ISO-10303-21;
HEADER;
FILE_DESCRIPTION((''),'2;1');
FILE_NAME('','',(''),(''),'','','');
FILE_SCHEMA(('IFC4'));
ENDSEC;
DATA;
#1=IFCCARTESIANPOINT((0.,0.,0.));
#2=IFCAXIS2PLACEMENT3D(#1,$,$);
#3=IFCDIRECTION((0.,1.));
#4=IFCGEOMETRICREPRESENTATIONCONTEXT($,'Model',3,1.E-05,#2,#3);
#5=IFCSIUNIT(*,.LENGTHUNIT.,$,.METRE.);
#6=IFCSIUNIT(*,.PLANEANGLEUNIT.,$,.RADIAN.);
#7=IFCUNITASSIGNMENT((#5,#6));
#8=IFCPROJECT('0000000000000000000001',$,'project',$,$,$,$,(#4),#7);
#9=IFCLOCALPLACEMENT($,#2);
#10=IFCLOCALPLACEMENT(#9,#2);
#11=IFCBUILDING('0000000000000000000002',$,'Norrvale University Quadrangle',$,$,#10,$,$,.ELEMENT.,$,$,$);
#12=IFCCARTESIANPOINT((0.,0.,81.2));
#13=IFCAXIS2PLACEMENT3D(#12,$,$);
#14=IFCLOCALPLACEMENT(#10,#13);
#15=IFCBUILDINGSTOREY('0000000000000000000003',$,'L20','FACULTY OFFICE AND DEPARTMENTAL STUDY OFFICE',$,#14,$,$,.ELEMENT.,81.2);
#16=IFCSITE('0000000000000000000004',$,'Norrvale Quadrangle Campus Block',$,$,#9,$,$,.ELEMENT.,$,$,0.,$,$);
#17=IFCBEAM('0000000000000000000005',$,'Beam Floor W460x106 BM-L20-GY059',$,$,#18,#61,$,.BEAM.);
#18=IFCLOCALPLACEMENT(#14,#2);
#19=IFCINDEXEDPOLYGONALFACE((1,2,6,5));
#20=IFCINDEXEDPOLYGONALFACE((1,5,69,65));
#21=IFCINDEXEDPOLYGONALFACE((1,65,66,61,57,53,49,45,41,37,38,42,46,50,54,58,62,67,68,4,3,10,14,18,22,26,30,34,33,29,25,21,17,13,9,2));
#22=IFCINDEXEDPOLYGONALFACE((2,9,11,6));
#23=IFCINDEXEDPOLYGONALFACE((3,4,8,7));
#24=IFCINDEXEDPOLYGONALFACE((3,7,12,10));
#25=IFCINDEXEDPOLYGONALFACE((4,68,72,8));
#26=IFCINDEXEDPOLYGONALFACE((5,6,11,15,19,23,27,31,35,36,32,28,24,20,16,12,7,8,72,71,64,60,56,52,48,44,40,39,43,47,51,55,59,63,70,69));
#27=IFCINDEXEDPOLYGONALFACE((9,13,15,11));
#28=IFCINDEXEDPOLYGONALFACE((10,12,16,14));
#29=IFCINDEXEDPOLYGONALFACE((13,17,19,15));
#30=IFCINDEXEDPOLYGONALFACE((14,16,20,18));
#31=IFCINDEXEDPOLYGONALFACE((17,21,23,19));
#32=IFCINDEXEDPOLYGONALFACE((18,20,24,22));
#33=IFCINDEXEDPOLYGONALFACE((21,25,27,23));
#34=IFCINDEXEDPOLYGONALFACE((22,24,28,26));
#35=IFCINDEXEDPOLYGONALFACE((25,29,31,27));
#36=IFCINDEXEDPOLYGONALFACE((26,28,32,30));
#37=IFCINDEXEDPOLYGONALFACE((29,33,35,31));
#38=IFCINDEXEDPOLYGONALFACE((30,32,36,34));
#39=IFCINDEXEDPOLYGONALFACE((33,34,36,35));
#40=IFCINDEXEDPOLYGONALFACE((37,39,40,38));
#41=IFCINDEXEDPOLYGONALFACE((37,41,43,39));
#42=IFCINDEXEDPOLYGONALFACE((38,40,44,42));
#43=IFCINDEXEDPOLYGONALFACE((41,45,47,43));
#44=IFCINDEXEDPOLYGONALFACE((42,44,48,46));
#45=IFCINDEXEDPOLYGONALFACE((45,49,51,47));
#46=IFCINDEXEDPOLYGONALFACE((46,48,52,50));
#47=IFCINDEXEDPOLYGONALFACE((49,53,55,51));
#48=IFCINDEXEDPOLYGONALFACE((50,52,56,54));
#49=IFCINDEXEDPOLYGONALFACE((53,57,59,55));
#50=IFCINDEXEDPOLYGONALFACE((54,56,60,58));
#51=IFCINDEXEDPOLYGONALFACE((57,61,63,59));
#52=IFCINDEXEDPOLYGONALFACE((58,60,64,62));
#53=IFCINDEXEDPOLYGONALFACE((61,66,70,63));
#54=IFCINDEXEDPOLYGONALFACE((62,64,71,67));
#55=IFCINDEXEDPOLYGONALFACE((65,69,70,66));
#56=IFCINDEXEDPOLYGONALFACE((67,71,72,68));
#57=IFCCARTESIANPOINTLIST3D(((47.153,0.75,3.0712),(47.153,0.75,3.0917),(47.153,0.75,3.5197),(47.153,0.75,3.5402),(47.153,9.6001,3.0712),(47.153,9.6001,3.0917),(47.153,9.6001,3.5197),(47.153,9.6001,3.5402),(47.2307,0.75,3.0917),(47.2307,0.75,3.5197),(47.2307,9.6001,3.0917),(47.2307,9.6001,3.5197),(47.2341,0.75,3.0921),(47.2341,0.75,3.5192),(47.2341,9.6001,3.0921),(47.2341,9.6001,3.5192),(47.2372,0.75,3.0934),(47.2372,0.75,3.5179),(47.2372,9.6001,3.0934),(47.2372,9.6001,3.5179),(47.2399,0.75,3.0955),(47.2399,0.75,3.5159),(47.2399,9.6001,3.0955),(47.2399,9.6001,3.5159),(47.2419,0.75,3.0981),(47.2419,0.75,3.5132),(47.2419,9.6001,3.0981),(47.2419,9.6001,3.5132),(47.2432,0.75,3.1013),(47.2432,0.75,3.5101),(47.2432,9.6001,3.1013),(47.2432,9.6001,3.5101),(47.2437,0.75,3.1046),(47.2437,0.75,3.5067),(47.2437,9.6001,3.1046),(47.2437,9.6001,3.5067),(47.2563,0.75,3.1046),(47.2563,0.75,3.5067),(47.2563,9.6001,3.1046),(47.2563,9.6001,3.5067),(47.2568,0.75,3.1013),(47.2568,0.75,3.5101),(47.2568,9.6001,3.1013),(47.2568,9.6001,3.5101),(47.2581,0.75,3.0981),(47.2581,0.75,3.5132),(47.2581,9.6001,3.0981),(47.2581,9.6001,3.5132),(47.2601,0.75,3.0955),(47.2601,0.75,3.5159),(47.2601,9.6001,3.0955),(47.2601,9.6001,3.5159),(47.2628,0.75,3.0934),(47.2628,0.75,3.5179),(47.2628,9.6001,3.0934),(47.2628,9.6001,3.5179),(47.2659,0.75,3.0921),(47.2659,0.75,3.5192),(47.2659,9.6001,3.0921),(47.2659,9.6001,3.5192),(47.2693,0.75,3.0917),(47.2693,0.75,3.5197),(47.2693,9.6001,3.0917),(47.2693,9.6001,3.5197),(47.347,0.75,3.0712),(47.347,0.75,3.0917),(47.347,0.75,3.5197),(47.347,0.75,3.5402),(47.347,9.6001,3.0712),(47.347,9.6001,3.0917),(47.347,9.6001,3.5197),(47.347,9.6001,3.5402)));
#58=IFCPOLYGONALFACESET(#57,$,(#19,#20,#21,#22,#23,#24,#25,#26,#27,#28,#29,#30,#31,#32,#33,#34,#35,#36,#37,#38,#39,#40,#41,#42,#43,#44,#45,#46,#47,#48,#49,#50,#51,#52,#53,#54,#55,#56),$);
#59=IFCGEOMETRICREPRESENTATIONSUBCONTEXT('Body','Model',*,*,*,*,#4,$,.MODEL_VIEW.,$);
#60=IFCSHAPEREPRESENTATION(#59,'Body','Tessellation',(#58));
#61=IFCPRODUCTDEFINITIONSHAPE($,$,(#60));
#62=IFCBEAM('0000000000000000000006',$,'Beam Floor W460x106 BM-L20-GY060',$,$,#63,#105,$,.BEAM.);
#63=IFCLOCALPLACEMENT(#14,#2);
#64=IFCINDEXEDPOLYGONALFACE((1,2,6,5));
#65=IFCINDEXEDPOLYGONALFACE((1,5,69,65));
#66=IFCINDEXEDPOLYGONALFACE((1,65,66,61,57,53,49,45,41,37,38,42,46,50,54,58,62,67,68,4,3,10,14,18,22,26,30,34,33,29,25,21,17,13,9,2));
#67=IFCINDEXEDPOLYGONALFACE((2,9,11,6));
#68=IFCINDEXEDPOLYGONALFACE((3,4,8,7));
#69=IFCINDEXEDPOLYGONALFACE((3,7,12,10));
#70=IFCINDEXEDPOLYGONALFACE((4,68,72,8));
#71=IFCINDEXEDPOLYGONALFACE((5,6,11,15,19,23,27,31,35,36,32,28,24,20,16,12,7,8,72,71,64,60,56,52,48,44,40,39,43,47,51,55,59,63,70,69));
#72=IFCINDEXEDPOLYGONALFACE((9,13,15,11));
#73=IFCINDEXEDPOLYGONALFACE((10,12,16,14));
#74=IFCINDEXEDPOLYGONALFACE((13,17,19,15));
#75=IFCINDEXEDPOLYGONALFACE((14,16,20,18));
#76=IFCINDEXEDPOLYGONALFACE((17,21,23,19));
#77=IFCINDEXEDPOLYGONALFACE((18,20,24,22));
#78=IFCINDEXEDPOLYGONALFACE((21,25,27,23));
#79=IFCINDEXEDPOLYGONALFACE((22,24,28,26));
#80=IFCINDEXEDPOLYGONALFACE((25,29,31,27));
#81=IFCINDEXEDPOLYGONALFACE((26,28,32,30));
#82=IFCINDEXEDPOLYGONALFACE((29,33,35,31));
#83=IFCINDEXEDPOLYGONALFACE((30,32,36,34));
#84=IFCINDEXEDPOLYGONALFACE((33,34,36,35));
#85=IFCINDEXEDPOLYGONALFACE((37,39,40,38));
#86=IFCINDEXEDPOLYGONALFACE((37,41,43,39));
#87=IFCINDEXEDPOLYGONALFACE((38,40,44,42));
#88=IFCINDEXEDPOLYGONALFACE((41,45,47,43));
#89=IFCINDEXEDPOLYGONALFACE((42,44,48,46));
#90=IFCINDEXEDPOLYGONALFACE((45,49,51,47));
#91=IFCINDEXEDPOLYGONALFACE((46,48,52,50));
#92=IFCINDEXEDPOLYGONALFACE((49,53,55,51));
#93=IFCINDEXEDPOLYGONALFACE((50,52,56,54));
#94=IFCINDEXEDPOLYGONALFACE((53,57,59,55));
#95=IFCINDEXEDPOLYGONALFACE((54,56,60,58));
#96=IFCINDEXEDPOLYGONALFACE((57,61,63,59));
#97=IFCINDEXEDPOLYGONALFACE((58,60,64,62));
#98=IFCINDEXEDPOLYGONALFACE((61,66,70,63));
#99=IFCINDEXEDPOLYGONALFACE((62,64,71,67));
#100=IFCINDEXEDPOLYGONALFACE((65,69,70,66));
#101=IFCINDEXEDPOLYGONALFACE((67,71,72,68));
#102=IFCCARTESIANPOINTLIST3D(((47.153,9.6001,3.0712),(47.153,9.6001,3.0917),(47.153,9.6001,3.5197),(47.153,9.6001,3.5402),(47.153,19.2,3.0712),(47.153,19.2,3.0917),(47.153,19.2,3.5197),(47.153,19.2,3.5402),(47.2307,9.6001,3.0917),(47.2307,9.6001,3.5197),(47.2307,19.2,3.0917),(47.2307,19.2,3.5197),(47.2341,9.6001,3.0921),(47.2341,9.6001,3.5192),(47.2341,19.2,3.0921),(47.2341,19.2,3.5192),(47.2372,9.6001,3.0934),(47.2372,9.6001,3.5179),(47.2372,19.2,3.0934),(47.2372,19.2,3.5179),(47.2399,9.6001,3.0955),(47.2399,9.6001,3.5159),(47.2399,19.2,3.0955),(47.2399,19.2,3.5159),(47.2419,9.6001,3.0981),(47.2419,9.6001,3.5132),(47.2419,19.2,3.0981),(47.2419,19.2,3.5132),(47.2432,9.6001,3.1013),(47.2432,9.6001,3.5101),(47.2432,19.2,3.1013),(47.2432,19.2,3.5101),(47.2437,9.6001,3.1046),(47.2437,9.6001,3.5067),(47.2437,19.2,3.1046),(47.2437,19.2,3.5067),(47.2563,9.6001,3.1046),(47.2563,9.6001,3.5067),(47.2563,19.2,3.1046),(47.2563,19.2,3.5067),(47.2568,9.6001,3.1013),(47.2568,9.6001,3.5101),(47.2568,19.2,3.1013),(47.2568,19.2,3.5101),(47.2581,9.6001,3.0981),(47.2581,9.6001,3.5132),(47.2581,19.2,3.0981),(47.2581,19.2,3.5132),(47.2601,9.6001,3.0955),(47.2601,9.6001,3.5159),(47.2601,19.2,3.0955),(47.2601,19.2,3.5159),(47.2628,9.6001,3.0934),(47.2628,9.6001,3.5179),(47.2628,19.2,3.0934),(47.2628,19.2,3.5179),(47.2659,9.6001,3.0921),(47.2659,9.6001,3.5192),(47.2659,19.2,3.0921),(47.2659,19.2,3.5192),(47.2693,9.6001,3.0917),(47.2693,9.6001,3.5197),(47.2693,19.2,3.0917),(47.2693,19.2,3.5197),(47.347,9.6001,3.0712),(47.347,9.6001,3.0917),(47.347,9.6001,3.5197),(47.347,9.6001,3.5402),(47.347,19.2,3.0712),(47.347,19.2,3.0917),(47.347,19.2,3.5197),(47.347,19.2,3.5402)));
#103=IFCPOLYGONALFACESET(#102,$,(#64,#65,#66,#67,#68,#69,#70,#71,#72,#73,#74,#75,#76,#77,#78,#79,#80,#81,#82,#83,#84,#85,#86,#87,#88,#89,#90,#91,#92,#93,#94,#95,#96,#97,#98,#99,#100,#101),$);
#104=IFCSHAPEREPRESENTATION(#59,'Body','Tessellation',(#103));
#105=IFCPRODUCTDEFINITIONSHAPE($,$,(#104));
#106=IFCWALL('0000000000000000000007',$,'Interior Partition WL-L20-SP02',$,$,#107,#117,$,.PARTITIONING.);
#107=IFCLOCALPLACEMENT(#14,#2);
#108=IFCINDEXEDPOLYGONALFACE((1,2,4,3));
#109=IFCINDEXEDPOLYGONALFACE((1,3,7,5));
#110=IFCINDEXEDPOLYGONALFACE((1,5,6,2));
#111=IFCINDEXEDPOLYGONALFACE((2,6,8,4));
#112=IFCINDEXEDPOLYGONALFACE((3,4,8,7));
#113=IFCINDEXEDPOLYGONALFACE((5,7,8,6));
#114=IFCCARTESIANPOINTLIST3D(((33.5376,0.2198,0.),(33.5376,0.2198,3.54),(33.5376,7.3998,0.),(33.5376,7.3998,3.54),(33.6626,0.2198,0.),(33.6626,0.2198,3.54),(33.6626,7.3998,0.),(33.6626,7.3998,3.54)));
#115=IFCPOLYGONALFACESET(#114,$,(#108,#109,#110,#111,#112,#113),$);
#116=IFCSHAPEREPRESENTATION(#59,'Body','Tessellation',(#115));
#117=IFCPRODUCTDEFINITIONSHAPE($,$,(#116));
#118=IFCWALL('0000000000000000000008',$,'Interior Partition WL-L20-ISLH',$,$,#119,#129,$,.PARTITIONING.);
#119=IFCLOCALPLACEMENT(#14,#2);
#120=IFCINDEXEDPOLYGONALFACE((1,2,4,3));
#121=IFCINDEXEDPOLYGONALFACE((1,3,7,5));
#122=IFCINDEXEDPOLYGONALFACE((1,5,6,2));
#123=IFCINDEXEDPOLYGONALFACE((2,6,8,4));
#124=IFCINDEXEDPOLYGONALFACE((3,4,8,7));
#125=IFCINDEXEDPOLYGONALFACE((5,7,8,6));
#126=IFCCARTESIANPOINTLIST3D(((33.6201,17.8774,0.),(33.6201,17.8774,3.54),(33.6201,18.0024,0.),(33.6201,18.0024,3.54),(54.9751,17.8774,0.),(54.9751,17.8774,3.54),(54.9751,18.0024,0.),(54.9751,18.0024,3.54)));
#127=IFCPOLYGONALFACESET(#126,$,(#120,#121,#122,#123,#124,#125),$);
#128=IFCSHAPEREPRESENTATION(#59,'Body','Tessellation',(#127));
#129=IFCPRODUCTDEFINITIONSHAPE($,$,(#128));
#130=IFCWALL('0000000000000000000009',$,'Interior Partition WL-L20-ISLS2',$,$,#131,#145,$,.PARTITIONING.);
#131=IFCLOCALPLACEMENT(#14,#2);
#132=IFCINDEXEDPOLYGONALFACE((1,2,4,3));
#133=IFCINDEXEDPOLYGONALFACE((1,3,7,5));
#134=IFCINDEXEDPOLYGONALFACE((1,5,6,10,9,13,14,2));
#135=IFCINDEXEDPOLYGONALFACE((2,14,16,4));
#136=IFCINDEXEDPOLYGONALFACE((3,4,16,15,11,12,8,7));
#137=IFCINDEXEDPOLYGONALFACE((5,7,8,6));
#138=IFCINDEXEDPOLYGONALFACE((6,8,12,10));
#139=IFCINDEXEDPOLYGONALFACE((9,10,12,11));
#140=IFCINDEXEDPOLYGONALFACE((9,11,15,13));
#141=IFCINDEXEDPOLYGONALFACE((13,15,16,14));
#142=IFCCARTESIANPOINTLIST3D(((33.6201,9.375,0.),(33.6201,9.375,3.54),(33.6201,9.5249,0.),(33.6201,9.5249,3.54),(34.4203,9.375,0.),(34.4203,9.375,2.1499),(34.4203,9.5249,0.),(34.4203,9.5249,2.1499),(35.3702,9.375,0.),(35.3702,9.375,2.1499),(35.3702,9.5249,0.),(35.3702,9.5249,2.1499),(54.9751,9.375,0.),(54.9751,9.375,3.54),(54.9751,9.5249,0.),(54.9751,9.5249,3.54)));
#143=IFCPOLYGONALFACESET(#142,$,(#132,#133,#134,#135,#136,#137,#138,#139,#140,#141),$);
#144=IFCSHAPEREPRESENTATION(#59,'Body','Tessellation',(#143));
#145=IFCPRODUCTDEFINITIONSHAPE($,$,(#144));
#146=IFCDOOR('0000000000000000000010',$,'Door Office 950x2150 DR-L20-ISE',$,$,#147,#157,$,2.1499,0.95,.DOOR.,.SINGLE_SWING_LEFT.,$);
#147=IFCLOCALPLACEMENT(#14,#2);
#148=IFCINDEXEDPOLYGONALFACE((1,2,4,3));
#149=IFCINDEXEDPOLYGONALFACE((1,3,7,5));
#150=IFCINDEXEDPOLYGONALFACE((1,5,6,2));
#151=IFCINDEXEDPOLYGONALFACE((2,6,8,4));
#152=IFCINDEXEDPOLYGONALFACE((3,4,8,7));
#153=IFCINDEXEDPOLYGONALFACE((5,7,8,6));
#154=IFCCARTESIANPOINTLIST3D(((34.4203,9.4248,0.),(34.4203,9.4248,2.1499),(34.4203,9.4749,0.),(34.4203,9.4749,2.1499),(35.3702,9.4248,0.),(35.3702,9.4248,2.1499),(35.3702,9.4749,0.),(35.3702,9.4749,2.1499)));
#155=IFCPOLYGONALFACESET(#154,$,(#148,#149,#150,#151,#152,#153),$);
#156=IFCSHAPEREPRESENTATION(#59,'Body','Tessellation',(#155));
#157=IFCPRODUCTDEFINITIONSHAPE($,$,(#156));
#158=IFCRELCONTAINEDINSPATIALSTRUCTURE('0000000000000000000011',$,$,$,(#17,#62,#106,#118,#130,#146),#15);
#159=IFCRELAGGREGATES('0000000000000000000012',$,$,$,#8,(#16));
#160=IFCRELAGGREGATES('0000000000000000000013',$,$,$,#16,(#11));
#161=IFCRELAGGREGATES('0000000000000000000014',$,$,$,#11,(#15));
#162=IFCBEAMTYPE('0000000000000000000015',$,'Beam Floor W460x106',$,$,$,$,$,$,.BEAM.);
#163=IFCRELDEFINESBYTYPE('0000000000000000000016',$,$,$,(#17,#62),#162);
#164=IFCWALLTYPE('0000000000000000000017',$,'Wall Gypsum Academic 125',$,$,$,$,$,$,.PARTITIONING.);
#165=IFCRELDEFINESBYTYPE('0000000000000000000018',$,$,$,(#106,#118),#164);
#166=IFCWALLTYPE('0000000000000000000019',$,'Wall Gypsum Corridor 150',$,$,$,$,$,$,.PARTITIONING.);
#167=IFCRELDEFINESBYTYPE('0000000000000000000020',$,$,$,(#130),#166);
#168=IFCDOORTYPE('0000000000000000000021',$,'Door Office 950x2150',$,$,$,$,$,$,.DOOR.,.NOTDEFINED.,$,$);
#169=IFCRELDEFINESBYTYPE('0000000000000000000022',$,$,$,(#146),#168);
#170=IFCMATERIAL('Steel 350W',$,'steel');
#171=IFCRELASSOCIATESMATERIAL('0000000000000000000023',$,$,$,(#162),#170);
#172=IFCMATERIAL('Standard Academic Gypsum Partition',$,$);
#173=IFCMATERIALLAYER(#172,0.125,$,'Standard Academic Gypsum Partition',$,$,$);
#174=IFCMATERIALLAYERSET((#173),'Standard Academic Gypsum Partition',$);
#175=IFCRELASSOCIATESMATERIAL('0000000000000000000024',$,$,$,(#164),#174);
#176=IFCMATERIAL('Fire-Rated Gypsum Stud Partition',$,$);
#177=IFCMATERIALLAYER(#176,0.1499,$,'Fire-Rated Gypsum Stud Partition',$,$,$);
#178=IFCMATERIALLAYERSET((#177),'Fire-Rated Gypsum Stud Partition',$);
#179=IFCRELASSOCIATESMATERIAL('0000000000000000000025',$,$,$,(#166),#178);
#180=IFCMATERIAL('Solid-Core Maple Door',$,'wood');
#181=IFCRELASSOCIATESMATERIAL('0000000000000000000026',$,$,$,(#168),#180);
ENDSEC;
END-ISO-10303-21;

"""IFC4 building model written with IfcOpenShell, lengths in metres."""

from ifc_helpers import new_model, si_unit, direction, frame, frame_2d, origin, origin_2d, place, context, subcontext, project, spatial, rectangle, i_section, extrude, material, layer, layer_set, material_profile, profile_set, type_object, element, fill, save


model = new_model("IFC4")

# Units and contexts
model_context = context("Model", 3, precision=1e-05, world=origin(), true_north=direction((0.0, 1.0)))
body_context = subcontext(model_context, "Body", "Model", "MODEL_VIEW")
ifc_project = project(units=[si_unit("LENGTHUNIT", "METRE"), si_unit("PLANEANGLEUNIT", "RADIAN")], contexts=[model_context])

# Site, building, storey
site_placement = place(None, origin())
site = spatial("IfcSite", under=ifc_project, at=site_placement, Name="Norrvale Quadrangle Campus Block", CompositionType="ELEMENT", RefElevation=0.0)
building_placement = place(site_placement, origin())
building = spatial("IfcBuilding", under=site, at=building_placement, Name="Norrvale University Quadrangle", CompositionType="ELEMENT")
storey_placement = place(building_placement, frame((0.0, 0.0, 81.2)))
storey = spatial("IfcBuildingStorey", under=building, at=storey_placement, Name="L20", Description="FACULTY OFFICE AND DEPARTMENTAL STUDY OFFICE", CompositionType="ELEMENT", Elevation=81.2)

# Beams
ifc_material_1 = material(Name="Steel 350W", Category="steel")
ifc_material_profile_1 = material_profile(ifc_material_1, i_section(OverallWidth=0.1941, OverallDepth=0.469, WebThickness=0.0127, FlangeThickness=0.0205, FilletRadius=0.0129, at=origin_2d()), Name="Steel 350W")
ifc_profile_set_1 = profile_set([ifc_material_profile_1], Name="Steel 350W")
beam_type_1 = type_object("IfcBeamType", Name="Beam Floor W460x106", PredefinedType="BEAM", material=ifc_profile_set_1)
beam_1_placement = place(storey_placement, frame((47.25, 0.75, 3.3057), z_axis=(0.0, 1.0, 0.0), x_axis=(-1.0, 0.0, 0.0)))
element("IfcBeam", 1, at=beam_1_placement, inside=storey, type_object=beam_type_1, Name="Beam Floor W460x106 BM-L20-GY059", PredefinedType="BEAM", context=body_context, shape_type="SweptSolid", body=[
    extrude(i_section(OverallWidth=0.1941, OverallDepth=0.469, WebThickness=0.0127, FlangeThickness=0.0205, FilletRadius=0.0129, at=origin_2d()), origin(), (0.0, 0.0, 1.0), 8.8501),
])
beam_2_placement = place(storey_placement, frame((47.25, 9.6001, 3.3057), z_axis=(0.0, 1.0, 0.0), x_axis=(-1.0, 0.0, 0.0)))
element("IfcBeam", 2, at=beam_2_placement, inside=storey, type_object=beam_type_1, Name="Beam Floor W460x106 BM-L20-GY060", PredefinedType="BEAM", context=body_context, shape_type="SweptSolid", body=[
    extrude(i_section(OverallWidth=0.1941, OverallDepth=0.469, WebThickness=0.0127, FlangeThickness=0.0205, FilletRadius=0.0129, at=origin_2d()), origin(), (0.0, 0.0, 1.0), 9.5999),
])

# Walls
ifc_material_2 = material(Name="Standard Academic Gypsum Partition")
ifc_layer_1 = layer(ifc_material_2, 0.125, Name="Standard Academic Gypsum Partition")
ifc_layer_set_1 = layer_set([ifc_layer_1], Name="Standard Academic Gypsum Partition")
wall_type_1 = type_object("IfcWallType", Name="Wall Gypsum Academic 125", PredefinedType="PARTITIONING", material=ifc_layer_set_1)
wall_1_placement = place(storey_placement, frame((33.6001, 0.22, 0.0), z_axis=(0.0, 0.0, 1.0), x_axis=(0.0, 1.0, 0.0)))
element("IfcWall", 3, at=wall_1_placement, inside=storey, type_object=wall_type_1, Name="Interior Partition WL-L20-SP02", PredefinedType="PARTITIONING", context=body_context, shape_type="SweptSolid", body=[
    extrude(rectangle(XDim=7.1799, YDim=0.125, at=frame_2d((3.5898, 0.0))), origin(), (0.0, 0.0, 1.0), 3.54),
])
wall_2_placement = place(storey_placement, frame((33.6201, 17.9399, 0.0), z_axis=(0.0, 0.0, 1.0), x_axis=(1.0, 0.0, 0.0)))
element("IfcWall", 4, at=wall_2_placement, inside=storey, type_object=wall_type_1, Name="Interior Partition WL-L20-ISLH", PredefinedType="PARTITIONING", context=body_context, shape_type="SweptSolid", body=[
    extrude(rectangle(XDim=21.355, YDim=0.125, at=frame_2d((10.6775, 0.0))), origin(), (0.0, 0.0, 1.0), 3.54),
])

# Wall, opening, door
ifc_material_3 = material(Name="Fire-Rated Gypsum Stud Partition")
ifc_layer_2 = layer(ifc_material_3, 0.1499, Name="Fire-Rated Gypsum Stud Partition")
ifc_layer_set_2 = layer_set([ifc_layer_2], Name="Fire-Rated Gypsum Stud Partition")
wall_type_2 = type_object("IfcWallType", Name="Wall Gypsum Corridor 150", PredefinedType="PARTITIONING", material=ifc_layer_set_2)
wall_3_placement = place(storey_placement, frame((33.6201, 9.45, 0.0), z_axis=(0.0, 0.0, 1.0), x_axis=(1.0, 0.0, 0.0)))
wall_3 = element("IfcWall", 5, at=wall_3_placement, inside=storey, type_object=wall_type_2, Name="Interior Partition WL-L20-ISLS2", PredefinedType="PARTITIONING", context=body_context, shape_type="SweptSolid", body=[
    extrude(rectangle(XDim=21.355, YDim=0.1499, at=frame_2d((10.6775, 0.0))), origin(), (0.0, 0.0, 1.0), 3.54),
])
opening_placement = place(wall_3_placement, frame((0.8, 0.0, 0.0)))
opening = element("IfcOpeningElement", 6, at=opening_placement, cuts=wall_3, PredefinedType="OPENING", context=body_context, shape_type="SweptSolid", body=[
    extrude(rectangle(XDim=0.95, YDim=2.1499, at=frame_2d((0.4751, 1.075))), frame((0.0, 0.0869, 0.0), z_axis=(0.0, -1.0, 0.0), x_axis=(1.0, 0.0, 0.0)), (0.0, 0.0, 1.0), 0.1738),
])
ifc_material_4 = material(Name="Solid-Core Maple Door", Category="wood")
door_type = type_object("IfcDoorType", Name="Door Office 950x2150", OperationType="NOTDEFINED", PredefinedType="DOOR", material=ifc_material_4)
door_placement = place(opening_placement, origin())
door = element("IfcDoor", 7, at=door_placement, inside=storey, type_object=door_type, Name="Door Office 950x2150 DR-L20-ISE", OperationType="SINGLE_SWING_LEFT", OverallHeight=2.1499, OverallWidth=0.95, PredefinedType="DOOR", context=body_context, shape_type="SweptSolid", body=[
    extrude(rectangle(XDim=0.95, YDim=2.1499, at=frame_2d((0.4751, 1.075))), frame((0.0, 0.0249, 0.0), z_axis=(0.0, -1.0, 0.0), x_axis=(1.0, 0.0, 0.0)), (0.0, 0.0, 1.0), 0.05),
])
fill(opening, door)

save(model, "model.ifc")
